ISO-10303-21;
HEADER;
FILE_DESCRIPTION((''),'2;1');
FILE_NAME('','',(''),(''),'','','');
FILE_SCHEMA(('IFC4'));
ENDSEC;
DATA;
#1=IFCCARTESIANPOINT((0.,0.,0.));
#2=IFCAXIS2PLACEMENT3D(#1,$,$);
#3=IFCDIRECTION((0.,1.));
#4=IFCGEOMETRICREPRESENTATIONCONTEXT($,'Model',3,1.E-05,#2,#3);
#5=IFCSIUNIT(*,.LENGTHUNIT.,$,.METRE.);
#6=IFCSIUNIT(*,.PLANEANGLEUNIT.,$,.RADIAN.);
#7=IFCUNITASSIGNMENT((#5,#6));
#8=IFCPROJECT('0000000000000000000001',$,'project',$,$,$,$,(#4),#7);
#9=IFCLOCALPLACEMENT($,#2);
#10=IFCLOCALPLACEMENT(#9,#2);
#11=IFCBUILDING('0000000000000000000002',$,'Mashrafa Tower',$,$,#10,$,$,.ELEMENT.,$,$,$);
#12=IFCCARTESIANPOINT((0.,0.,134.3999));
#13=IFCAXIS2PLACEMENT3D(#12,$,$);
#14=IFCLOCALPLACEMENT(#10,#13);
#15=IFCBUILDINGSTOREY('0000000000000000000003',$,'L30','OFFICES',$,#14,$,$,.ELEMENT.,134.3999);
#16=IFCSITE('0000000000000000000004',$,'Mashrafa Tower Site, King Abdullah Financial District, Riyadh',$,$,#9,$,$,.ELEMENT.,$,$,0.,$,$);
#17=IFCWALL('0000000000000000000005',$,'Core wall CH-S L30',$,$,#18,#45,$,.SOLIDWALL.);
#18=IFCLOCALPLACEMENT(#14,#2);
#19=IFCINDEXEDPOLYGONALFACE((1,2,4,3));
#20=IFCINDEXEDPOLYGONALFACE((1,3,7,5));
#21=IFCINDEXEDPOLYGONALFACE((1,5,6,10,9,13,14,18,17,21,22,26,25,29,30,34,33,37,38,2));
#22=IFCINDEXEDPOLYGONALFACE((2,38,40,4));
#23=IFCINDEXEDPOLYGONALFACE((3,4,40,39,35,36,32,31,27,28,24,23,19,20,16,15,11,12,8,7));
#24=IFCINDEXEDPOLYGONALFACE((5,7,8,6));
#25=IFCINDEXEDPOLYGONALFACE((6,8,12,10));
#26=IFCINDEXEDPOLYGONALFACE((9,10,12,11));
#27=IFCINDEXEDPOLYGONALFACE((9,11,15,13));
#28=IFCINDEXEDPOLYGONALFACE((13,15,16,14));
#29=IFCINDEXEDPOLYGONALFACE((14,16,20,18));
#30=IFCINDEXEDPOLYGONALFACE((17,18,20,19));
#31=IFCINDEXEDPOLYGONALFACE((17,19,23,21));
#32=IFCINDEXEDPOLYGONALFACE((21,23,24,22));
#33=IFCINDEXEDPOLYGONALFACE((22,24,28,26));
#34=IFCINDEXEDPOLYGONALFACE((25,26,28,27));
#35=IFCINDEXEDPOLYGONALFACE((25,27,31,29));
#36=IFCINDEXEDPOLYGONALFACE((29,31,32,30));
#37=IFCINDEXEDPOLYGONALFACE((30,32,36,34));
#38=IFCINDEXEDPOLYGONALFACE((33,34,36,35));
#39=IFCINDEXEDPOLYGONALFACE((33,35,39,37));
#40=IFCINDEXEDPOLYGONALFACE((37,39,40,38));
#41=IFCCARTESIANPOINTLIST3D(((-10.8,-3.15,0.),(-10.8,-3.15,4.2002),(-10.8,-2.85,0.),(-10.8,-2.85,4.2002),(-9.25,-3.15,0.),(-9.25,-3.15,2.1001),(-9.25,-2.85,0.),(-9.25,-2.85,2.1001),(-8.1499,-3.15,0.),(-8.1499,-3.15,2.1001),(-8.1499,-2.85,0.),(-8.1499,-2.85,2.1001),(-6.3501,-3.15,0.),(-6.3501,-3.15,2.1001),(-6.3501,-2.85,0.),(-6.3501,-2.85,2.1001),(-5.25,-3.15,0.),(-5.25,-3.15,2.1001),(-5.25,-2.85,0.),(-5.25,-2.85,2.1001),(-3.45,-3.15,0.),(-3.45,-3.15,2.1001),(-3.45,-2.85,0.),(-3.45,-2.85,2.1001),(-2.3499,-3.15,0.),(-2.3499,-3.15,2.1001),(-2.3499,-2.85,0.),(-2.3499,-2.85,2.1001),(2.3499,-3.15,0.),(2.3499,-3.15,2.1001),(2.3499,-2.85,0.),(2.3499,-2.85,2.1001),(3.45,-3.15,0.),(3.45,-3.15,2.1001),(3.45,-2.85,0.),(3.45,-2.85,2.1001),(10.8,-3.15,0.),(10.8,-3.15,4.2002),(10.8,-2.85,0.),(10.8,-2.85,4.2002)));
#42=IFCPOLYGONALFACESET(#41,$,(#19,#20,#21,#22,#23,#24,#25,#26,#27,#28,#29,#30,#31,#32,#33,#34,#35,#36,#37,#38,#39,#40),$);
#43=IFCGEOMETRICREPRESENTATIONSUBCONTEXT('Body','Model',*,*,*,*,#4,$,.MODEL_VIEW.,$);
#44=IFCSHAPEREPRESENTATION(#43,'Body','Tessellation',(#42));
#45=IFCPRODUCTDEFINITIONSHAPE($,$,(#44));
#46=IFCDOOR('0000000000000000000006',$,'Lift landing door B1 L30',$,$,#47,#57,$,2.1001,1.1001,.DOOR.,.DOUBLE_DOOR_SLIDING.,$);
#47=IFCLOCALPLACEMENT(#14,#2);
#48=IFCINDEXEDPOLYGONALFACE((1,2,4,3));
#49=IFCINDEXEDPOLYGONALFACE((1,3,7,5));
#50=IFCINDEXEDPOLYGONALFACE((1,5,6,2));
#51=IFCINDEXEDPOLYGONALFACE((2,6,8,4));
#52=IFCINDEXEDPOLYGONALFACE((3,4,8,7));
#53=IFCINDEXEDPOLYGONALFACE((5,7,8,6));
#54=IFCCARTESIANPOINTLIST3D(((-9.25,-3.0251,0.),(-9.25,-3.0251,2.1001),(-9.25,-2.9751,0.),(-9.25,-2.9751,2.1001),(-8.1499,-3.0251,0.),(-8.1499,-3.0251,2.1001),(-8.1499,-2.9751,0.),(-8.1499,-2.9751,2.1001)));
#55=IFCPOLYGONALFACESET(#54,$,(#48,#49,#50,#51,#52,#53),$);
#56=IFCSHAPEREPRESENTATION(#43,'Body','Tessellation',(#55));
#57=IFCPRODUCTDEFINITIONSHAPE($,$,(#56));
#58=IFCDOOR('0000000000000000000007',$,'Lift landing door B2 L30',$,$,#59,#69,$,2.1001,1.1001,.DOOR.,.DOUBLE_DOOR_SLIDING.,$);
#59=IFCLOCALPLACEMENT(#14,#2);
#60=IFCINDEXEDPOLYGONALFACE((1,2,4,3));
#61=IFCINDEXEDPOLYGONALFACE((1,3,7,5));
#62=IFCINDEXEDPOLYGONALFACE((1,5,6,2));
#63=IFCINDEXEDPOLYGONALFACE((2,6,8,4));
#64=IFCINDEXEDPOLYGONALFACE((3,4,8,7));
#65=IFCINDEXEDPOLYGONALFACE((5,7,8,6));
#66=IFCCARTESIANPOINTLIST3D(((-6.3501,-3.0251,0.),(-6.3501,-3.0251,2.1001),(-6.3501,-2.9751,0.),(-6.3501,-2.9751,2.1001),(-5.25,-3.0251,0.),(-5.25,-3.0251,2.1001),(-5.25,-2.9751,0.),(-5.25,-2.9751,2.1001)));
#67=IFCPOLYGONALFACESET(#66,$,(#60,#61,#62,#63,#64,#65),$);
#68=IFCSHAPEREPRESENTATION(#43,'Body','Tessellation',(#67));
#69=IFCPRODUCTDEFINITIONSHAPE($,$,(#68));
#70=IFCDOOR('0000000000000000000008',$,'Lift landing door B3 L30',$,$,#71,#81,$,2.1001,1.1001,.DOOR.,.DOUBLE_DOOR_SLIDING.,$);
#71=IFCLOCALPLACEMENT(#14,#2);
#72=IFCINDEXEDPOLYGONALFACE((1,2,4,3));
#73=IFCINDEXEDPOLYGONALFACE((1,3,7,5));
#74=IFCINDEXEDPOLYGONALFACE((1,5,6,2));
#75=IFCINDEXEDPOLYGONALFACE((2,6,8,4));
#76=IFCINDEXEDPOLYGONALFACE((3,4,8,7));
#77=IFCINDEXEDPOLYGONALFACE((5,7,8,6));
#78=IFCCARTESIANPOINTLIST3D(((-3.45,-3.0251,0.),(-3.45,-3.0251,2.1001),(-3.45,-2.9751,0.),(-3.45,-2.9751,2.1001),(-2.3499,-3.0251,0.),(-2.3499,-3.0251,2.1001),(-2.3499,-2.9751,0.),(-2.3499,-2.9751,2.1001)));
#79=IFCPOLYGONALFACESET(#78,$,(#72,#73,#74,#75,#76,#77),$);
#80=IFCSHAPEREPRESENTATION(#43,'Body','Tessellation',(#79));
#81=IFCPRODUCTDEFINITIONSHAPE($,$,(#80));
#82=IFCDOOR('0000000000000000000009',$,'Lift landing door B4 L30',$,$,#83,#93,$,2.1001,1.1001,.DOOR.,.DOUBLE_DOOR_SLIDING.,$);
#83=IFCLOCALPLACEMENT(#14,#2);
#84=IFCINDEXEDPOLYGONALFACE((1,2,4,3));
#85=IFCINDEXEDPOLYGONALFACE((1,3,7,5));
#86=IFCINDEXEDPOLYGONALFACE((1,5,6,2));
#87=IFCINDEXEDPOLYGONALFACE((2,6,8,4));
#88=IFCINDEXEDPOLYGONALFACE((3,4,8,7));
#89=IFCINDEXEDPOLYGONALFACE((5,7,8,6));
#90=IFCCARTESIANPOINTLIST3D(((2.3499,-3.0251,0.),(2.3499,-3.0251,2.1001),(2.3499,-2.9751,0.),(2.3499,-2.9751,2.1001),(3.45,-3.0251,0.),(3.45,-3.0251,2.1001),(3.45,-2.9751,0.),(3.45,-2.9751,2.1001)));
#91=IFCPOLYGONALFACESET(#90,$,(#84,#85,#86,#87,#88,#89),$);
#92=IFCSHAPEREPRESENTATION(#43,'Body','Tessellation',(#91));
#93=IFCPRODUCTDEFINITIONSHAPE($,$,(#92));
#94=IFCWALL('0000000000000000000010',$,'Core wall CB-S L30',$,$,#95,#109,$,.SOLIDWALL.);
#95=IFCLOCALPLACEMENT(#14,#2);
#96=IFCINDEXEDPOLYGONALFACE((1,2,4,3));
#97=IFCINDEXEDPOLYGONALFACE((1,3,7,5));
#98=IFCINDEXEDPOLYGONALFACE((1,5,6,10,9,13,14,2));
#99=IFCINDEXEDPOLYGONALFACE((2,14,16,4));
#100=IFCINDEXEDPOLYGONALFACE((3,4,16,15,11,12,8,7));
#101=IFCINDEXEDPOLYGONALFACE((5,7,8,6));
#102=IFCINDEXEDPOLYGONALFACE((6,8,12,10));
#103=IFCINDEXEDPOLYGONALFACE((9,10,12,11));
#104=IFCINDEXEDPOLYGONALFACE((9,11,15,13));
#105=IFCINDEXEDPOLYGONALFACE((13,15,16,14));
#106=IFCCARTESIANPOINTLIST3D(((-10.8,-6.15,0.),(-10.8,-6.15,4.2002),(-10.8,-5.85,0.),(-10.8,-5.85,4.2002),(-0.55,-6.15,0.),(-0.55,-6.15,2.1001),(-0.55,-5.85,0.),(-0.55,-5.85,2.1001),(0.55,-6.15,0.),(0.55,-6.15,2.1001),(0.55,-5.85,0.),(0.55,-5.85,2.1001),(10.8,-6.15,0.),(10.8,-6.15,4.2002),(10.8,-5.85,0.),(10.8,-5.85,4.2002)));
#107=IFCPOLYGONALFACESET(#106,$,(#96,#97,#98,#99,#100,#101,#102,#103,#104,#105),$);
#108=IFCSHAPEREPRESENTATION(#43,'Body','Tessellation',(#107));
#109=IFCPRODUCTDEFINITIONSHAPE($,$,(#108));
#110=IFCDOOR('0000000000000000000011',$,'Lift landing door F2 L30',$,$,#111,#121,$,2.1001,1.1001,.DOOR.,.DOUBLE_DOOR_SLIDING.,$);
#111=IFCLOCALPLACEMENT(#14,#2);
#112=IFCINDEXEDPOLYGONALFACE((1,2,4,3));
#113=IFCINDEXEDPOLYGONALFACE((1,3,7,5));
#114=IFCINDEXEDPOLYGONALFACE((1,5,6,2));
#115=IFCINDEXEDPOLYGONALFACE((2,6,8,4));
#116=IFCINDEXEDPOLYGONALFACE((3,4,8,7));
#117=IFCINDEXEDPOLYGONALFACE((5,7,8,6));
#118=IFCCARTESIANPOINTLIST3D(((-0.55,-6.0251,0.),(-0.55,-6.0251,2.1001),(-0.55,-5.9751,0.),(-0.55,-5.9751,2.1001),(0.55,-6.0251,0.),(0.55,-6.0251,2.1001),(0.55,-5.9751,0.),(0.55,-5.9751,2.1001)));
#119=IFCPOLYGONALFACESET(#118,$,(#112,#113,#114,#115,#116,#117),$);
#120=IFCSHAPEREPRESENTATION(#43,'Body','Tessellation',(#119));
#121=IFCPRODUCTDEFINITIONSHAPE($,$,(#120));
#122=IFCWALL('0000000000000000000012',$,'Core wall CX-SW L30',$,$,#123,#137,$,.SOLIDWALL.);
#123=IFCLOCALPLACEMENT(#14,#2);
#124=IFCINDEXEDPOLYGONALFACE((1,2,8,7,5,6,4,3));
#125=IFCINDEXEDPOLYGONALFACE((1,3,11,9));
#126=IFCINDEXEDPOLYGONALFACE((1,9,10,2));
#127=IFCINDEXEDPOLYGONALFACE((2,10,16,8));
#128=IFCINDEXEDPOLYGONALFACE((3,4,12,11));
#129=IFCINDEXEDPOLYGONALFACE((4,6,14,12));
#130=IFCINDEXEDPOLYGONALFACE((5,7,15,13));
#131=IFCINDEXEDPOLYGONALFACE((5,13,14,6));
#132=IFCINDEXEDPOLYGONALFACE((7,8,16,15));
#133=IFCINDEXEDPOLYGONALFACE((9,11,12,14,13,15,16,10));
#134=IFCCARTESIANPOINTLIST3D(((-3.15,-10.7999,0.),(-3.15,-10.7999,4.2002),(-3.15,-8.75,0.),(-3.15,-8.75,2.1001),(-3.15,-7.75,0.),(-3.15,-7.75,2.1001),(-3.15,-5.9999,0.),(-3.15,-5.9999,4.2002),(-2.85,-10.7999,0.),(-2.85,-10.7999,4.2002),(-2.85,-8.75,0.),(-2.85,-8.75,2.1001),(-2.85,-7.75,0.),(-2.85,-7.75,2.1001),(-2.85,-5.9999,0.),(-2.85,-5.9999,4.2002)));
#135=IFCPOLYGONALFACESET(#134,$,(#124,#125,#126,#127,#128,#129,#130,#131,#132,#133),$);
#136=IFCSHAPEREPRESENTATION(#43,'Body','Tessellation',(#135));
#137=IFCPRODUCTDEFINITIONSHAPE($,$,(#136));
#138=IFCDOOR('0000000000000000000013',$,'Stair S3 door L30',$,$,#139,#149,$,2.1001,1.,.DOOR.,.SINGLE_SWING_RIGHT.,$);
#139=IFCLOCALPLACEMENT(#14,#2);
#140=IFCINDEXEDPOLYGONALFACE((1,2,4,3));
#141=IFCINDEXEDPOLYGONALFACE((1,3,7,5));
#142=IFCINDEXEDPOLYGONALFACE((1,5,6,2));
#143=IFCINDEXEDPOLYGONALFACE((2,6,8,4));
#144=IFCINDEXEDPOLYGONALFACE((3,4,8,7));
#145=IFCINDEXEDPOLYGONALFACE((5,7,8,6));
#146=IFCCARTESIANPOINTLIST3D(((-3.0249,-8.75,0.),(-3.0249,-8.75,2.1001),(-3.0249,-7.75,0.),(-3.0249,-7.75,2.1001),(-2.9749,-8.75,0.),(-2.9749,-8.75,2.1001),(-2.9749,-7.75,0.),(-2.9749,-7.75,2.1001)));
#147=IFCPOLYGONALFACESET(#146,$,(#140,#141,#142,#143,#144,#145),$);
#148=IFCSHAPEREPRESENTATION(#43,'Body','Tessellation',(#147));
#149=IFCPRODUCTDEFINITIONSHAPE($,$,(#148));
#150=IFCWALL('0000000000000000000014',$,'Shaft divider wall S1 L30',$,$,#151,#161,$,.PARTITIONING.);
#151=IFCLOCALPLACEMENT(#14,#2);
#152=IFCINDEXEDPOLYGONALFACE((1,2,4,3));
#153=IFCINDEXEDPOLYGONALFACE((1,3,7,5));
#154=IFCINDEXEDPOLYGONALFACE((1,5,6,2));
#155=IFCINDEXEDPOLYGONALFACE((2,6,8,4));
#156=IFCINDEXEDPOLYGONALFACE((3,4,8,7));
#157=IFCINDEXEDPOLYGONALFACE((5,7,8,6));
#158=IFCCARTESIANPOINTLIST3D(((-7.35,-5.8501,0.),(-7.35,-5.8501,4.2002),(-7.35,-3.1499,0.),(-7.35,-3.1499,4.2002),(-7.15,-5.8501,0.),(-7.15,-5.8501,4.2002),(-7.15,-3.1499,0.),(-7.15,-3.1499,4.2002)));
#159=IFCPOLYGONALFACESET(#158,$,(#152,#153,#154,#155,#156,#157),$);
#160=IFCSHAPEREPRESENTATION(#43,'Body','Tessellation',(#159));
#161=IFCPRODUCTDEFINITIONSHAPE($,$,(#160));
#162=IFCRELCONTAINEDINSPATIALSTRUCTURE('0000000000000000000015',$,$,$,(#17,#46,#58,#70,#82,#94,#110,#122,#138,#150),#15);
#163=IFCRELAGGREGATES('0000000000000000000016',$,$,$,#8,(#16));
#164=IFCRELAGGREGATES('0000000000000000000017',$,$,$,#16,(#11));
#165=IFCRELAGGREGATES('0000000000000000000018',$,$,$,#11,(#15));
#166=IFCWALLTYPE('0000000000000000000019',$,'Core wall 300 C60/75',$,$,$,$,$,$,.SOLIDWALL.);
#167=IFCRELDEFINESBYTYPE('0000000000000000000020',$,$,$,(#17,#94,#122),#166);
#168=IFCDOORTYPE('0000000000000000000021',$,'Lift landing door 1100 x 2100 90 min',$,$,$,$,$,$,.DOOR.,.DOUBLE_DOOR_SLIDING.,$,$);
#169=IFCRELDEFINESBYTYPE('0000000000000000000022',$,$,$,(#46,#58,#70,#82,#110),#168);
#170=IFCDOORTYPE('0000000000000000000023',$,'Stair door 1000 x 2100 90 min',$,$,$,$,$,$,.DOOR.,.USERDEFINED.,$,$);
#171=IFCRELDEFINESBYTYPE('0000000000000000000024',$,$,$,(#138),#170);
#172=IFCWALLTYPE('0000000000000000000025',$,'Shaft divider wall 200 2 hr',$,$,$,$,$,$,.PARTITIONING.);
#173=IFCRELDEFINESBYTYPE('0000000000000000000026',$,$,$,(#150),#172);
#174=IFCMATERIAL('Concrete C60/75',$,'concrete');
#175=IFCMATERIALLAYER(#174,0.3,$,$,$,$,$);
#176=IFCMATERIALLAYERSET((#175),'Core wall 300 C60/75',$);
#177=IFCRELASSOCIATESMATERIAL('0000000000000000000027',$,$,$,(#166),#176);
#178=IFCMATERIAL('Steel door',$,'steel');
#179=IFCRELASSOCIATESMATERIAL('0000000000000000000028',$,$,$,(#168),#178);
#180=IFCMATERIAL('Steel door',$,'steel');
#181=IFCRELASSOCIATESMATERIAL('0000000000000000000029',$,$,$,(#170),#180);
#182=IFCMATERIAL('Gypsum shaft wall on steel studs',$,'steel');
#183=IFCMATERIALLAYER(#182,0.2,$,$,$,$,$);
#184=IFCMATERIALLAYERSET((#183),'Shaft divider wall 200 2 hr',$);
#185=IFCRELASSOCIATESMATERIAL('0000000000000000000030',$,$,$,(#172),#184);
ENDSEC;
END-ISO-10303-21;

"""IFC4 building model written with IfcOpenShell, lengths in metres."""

from ifc_helpers import new_model, si_unit, direction, frame, frame_2d, origin, place, context, subcontext, project, spatial, rectangle, extrude, material, layer, layer_set, type_object, element, fill, save


model = new_model("IFC4")

# Units and contexts
model_context = context("Model", 3, precision=1e-05, world=origin(), true_north=direction((0.0, 1.0)))
body_context = subcontext(model_context, "Body", "Model", "MODEL_VIEW")
ifc_project = project(units=[si_unit("LENGTHUNIT", "METRE"), si_unit("PLANEANGLEUNIT", "RADIAN")], contexts=[model_context])

# Site, building, storey
site_placement = place(None, origin())
site = spatial("IfcSite", under=ifc_project, at=site_placement, Name="Mashrafa Tower Site, King Abdullah Financial District, Riyadh", CompositionType="ELEMENT", RefElevation=0.0)
building_placement = place(site_placement, origin())
building = spatial("IfcBuilding", under=site, at=building_placement, Name="Mashrafa Tower", CompositionType="ELEMENT")
storey_placement = place(building_placement, frame((0.0, 0.0, 134.3999)))
storey = spatial("IfcBuildingStorey", under=building, at=storey_placement, Name="L30", Description="OFFICES", CompositionType="ELEMENT", Elevation=134.3999)

# Wall, openings, doors
ifc_material_1 = material(Name="Concrete C60/75", Category="concrete")
ifc_layer_1 = layer(ifc_material_1, 0.3)
ifc_layer_set_1 = layer_set([ifc_layer_1], Name="Core wall 300 C60/75")
wall_type_1 = type_object("IfcWallType", Name="Core wall 300 C60/75", PredefinedType="SOLIDWALL", material=ifc_layer_set_1)
wall_1_placement = place(storey_placement, frame((-10.8, -3.0, 0.0), z_axis=(0.0, 0.0, 1.0), x_axis=(1.0, 0.0, 0.0)))
wall_1 = element("IfcWall", 1, at=wall_1_placement, inside=storey, type_object=wall_type_1, Name="Core wall CH-S L30", PredefinedType="SOLIDWALL", context=body_context, shape_type="SweptSolid", body=[
    extrude(rectangle(XDim=21.6001, YDim=0.3, at=frame_2d((10.8, 0.0))), origin(), (0.0, 0.0, 1.0), 4.2002),
])
opening_1_placement = place(wall_1_placement, frame((1.55, 0.0, 0.0)))
opening_1 = element("IfcOpeningElement", 2, at=opening_1_placement, cuts=wall_1, PredefinedType="OPENING", context=body_context, shape_type="SweptSolid", body=[
    extrude(rectangle(XDim=1.1001, YDim=2.1001, at=frame_2d((0.55, 1.05))), frame((0.0, 0.1599, 0.0), z_axis=(0.0, -1.0, 0.0), x_axis=(1.0, 0.0, 0.0)), (0.0, 0.0, 1.0), 0.3201),
])
opening_2_placement = place(wall_1_placement, frame((4.45, 0.0, 0.0)))
opening_2 = element("IfcOpeningElement", 3, at=opening_2_placement, cuts=wall_1, PredefinedType="OPENING", context=body_context, shape_type="SweptSolid", body=[
    extrude(rectangle(XDim=1.1001, YDim=2.1001, at=frame_2d((0.55, 1.05))), frame((0.0, 0.1599, 0.0), z_axis=(0.0, -1.0, 0.0), x_axis=(1.0, 0.0, 0.0)), (0.0, 0.0, 1.0), 0.3201),
])
opening_3_placement = place(wall_1_placement, frame((7.3501, 0.0, 0.0)))
opening_3 = element("IfcOpeningElement", 4, at=opening_3_placement, cuts=wall_1, PredefinedType="OPENING", context=body_context, shape_type="SweptSolid", body=[
    extrude(rectangle(XDim=1.1001, YDim=2.1001, at=frame_2d((0.55, 1.05))), frame((0.0, 0.1599, 0.0), z_axis=(0.0, -1.0, 0.0), x_axis=(1.0, 0.0, 0.0)), (0.0, 0.0, 1.0), 0.3201),
])
opening_4_placement = place(wall_1_placement, frame((13.1499, 0.0, 0.0)))
opening_4 = element("IfcOpeningElement", 5, at=opening_4_placement, cuts=wall_1, PredefinedType="OPENING", context=body_context, shape_type="SweptSolid", body=[
    extrude(rectangle(XDim=1.1001, YDim=2.1001, at=frame_2d((0.55, 1.05))), frame((0.0, 0.1599, 0.0), z_axis=(0.0, -1.0, 0.0), x_axis=(1.0, 0.0, 0.0)), (0.0, 0.0, 1.0), 0.3201),
])
ifc_material_2 = material(Name="Steel door", Category="steel")
door_type_1 = type_object("IfcDoorType", Name="Lift landing door 1100 x 2100 90 min", OperationType="DOUBLE_DOOR_SLIDING", PredefinedType="DOOR", material=ifc_material_2)
door_1_placement = place(opening_1_placement, origin())
door_1 = element("IfcDoor", 6, at=door_1_placement, inside=storey, type_object=door_type_1, Name="Lift landing door B1 L30", OperationType="DOUBLE_DOOR_SLIDING", OverallHeight=2.1001, OverallWidth=1.1001, PredefinedType="DOOR", context=body_context, shape_type="SweptSolid", body=[
    extrude(rectangle(XDim=1.1001, YDim=2.1001, at=frame_2d((0.55, 1.05))), frame((0.0, 0.0249, 0.0), z_axis=(0.0, -1.0, 0.0), x_axis=(1.0, 0.0, 0.0)), (0.0, 0.0, 1.0), 0.05),
])
fill(opening_1, door_1)
door_2_placement = place(opening_2_placement, origin())
door_2 = element("IfcDoor", 7, at=door_2_placement, inside=storey, type_object=door_type_1, Name="Lift landing door B2 L30", OperationType="DOUBLE_DOOR_SLIDING", OverallHeight=2.1001, OverallWidth=1.1001, PredefinedType="DOOR", context=body_context, shape_type="SweptSolid", body=[
    extrude(rectangle(XDim=1.1001, YDim=2.1001, at=frame_2d((0.55, 1.05))), frame((0.0, 0.0249, 0.0), z_axis=(0.0, -1.0, 0.0), x_axis=(1.0, 0.0, 0.0)), (0.0, 0.0, 1.0), 0.05),
])
fill(opening_2, door_2)
door_3_placement = place(opening_3_placement, origin())
door_3 = element("IfcDoor", 8, at=door_3_placement, inside=storey, type_object=door_type_1, Name="Lift landing door B3 L30", OperationType="DOUBLE_DOOR_SLIDING", OverallHeight=2.1001, OverallWidth=1.1001, PredefinedType="DOOR", context=body_context, shape_type="SweptSolid", body=[
    extrude(rectangle(XDim=1.1001, YDim=2.1001, at=frame_2d((0.55, 1.05))), frame((0.0, 0.0249, 0.0), z_axis=(0.0, -1.0, 0.0), x_axis=(1.0, 0.0, 0.0)), (0.0, 0.0, 1.0), 0.05),
])
fill(opening_3, door_3)
door_4_placement = place(opening_4_placement, origin())
door_4 = element("IfcDoor", 9, at=door_4_placement, inside=storey, type_object=door_type_1, Name="Lift landing door B4 L30", OperationType="DOUBLE_DOOR_SLIDING", OverallHeight=2.1001, OverallWidth=1.1001, PredefinedType="DOOR", context=body_context, shape_type="SweptSolid", body=[
    extrude(rectangle(XDim=1.1001, YDim=2.1001, at=frame_2d((0.55, 1.05))), frame((0.0, 0.0249, 0.0), z_axis=(0.0, -1.0, 0.0), x_axis=(1.0, 0.0, 0.0)), (0.0, 0.0, 1.0), 0.05),
])
fill(opening_4, door_4)

# Walls, openings, doors
wall_2_placement = place(storey_placement, frame((-10.8, -6.0, 0.0), z_axis=(0.0, 0.0, 1.0), x_axis=(1.0, 0.0, 0.0)))
wall_2 = element("IfcWall", 10, at=wall_2_placement, inside=storey, type_object=wall_type_1, Name="Core wall CB-S L30", PredefinedType="SOLIDWALL", context=body_context, shape_type="SweptSolid", body=[
    extrude(rectangle(XDim=21.6001, YDim=0.3, at=frame_2d((10.8, 0.0))), origin(), (0.0, 0.0, 1.0), 4.2002),
])
opening_5_placement = place(wall_2_placement, frame((10.25, 0.0, 0.0)))
opening_5 = element("IfcOpeningElement", 11, at=opening_5_placement, cuts=wall_2, PredefinedType="OPENING", context=body_context, shape_type="SweptSolid", body=[
    extrude(rectangle(XDim=1.1001, YDim=2.1001, at=frame_2d((0.55, 1.05))), frame((0.0, 0.1599, 0.0), z_axis=(0.0, -1.0, 0.0), x_axis=(1.0, 0.0, 0.0)), (0.0, 0.0, 1.0), 0.3201),
])
door_5_placement = place(opening_5_placement, origin())
door_5 = element("IfcDoor", 12, at=door_5_placement, inside=storey, type_object=door_type_1, Name="Lift landing door F2 L30", OperationType="DOUBLE_DOOR_SLIDING", OverallHeight=2.1001, OverallWidth=1.1001, PredefinedType="DOOR", context=body_context, shape_type="SweptSolid", body=[
    extrude(rectangle(XDim=1.1001, YDim=2.1001, at=frame_2d((0.55, 1.05))), frame((0.0, 0.0249, 0.0), z_axis=(0.0, -1.0, 0.0), x_axis=(1.0, 0.0, 0.0)), (0.0, 0.0, 1.0), 0.05),
])
fill(opening_5, door_5)
wall_3_placement = place(storey_placement, frame((-3.0, -6.0, 0.0), z_axis=(0.0, 0.0, 1.0), x_axis=(0.0, -1.0, 0.0)))
wall_3 = element("IfcWall", 13, at=wall_3_placement, inside=storey, type_object=wall_type_1, Name="Core wall CX-SW L30", PredefinedType="SOLIDWALL", context=body_context, shape_type="SweptSolid", body=[
    extrude(rectangle(XDim=4.8, YDim=0.3, at=frame_2d((2.3999, 0.0))), origin(), (0.0, 0.0, 1.0), 4.2002),
])
opening_6_placement = place(wall_3_placement, frame((1.75, 0.0, 0.0)))
opening_6 = element("IfcOpeningElement", 14, at=opening_6_placement, cuts=wall_3, PredefinedType="OPENING", context=body_context, shape_type="SweptSolid", body=[
    extrude(rectangle(XDim=1.0, YDim=2.1001, at=frame_2d((0.5, 1.05))), frame((0.0, 0.1599, 0.0), z_axis=(0.0, -1.0, 0.0), x_axis=(1.0, 0.0, 0.0)), (0.0, 0.0, 1.0), 0.3201),
])
ifc_material_3 = material(Name="Steel door", Category="steel")
door_type_2 = type_object("IfcDoorType", Name="Stair door 1000 x 2100 90 min", OperationType="USERDEFINED", PredefinedType="DOOR", material=ifc_material_3)
door_6_placement = place(opening_6_placement, frame((1.0, 0.0, 0.0), z_axis=(0.0, 0.0, 1.0), x_axis=(-1.0, 0.0, 0.0)))
door_6 = element("IfcDoor", 15, at=door_6_placement, inside=storey, type_object=door_type_2, Name="Stair S3 door L30", OperationType="SINGLE_SWING_RIGHT", OverallHeight=2.1001, OverallWidth=1.0, PredefinedType="DOOR", context=body_context, shape_type="SweptSolid", body=[
    extrude(rectangle(XDim=1.0, YDim=2.1001, at=frame_2d((0.5, 1.05))), frame((0.0, 0.0249, 0.0), z_axis=(0.0, -1.0, 0.0), x_axis=(1.0, 0.0, 0.0)), (0.0, 0.0, 1.0), 0.05),
])
fill(opening_6, door_6)

# Wall
ifc_material_4 = material(Name="Gypsum shaft wall on steel studs", Category="steel")
ifc_layer_2 = layer(ifc_material_4, 0.2)
ifc_layer_set_2 = layer_set([ifc_layer_2], Name="Shaft divider wall 200 2 hr")
wall_type_2 = type_object("IfcWallType", Name="Shaft divider wall 200 2 hr", PredefinedType="PARTITIONING", material=ifc_layer_set_2)
for number, where, z_axis, x_axis, name in (
    (16, (-7.25, -5.8501, 0.0), (0.0, 0.0, 1.0), (0.0, 1.0, 0.0), "Shaft divider wall S1 L30"),
):
    element("IfcWall", number, at=place(storey_placement, frame(where, z_axis=z_axis, x_axis=x_axis)), inside=storey, type_object=wall_type_2, Name=name, PredefinedType="PARTITIONING", context=body_context, shape_type="SweptSolid", body=[
        extrude(rectangle(XDim=2.7002, YDim=0.2, at=frame_2d((1.3501, 0.0))), origin(), (0.0, 0.0, 1.0), 4.2002),
    ])

save(model, "model.ifc")
